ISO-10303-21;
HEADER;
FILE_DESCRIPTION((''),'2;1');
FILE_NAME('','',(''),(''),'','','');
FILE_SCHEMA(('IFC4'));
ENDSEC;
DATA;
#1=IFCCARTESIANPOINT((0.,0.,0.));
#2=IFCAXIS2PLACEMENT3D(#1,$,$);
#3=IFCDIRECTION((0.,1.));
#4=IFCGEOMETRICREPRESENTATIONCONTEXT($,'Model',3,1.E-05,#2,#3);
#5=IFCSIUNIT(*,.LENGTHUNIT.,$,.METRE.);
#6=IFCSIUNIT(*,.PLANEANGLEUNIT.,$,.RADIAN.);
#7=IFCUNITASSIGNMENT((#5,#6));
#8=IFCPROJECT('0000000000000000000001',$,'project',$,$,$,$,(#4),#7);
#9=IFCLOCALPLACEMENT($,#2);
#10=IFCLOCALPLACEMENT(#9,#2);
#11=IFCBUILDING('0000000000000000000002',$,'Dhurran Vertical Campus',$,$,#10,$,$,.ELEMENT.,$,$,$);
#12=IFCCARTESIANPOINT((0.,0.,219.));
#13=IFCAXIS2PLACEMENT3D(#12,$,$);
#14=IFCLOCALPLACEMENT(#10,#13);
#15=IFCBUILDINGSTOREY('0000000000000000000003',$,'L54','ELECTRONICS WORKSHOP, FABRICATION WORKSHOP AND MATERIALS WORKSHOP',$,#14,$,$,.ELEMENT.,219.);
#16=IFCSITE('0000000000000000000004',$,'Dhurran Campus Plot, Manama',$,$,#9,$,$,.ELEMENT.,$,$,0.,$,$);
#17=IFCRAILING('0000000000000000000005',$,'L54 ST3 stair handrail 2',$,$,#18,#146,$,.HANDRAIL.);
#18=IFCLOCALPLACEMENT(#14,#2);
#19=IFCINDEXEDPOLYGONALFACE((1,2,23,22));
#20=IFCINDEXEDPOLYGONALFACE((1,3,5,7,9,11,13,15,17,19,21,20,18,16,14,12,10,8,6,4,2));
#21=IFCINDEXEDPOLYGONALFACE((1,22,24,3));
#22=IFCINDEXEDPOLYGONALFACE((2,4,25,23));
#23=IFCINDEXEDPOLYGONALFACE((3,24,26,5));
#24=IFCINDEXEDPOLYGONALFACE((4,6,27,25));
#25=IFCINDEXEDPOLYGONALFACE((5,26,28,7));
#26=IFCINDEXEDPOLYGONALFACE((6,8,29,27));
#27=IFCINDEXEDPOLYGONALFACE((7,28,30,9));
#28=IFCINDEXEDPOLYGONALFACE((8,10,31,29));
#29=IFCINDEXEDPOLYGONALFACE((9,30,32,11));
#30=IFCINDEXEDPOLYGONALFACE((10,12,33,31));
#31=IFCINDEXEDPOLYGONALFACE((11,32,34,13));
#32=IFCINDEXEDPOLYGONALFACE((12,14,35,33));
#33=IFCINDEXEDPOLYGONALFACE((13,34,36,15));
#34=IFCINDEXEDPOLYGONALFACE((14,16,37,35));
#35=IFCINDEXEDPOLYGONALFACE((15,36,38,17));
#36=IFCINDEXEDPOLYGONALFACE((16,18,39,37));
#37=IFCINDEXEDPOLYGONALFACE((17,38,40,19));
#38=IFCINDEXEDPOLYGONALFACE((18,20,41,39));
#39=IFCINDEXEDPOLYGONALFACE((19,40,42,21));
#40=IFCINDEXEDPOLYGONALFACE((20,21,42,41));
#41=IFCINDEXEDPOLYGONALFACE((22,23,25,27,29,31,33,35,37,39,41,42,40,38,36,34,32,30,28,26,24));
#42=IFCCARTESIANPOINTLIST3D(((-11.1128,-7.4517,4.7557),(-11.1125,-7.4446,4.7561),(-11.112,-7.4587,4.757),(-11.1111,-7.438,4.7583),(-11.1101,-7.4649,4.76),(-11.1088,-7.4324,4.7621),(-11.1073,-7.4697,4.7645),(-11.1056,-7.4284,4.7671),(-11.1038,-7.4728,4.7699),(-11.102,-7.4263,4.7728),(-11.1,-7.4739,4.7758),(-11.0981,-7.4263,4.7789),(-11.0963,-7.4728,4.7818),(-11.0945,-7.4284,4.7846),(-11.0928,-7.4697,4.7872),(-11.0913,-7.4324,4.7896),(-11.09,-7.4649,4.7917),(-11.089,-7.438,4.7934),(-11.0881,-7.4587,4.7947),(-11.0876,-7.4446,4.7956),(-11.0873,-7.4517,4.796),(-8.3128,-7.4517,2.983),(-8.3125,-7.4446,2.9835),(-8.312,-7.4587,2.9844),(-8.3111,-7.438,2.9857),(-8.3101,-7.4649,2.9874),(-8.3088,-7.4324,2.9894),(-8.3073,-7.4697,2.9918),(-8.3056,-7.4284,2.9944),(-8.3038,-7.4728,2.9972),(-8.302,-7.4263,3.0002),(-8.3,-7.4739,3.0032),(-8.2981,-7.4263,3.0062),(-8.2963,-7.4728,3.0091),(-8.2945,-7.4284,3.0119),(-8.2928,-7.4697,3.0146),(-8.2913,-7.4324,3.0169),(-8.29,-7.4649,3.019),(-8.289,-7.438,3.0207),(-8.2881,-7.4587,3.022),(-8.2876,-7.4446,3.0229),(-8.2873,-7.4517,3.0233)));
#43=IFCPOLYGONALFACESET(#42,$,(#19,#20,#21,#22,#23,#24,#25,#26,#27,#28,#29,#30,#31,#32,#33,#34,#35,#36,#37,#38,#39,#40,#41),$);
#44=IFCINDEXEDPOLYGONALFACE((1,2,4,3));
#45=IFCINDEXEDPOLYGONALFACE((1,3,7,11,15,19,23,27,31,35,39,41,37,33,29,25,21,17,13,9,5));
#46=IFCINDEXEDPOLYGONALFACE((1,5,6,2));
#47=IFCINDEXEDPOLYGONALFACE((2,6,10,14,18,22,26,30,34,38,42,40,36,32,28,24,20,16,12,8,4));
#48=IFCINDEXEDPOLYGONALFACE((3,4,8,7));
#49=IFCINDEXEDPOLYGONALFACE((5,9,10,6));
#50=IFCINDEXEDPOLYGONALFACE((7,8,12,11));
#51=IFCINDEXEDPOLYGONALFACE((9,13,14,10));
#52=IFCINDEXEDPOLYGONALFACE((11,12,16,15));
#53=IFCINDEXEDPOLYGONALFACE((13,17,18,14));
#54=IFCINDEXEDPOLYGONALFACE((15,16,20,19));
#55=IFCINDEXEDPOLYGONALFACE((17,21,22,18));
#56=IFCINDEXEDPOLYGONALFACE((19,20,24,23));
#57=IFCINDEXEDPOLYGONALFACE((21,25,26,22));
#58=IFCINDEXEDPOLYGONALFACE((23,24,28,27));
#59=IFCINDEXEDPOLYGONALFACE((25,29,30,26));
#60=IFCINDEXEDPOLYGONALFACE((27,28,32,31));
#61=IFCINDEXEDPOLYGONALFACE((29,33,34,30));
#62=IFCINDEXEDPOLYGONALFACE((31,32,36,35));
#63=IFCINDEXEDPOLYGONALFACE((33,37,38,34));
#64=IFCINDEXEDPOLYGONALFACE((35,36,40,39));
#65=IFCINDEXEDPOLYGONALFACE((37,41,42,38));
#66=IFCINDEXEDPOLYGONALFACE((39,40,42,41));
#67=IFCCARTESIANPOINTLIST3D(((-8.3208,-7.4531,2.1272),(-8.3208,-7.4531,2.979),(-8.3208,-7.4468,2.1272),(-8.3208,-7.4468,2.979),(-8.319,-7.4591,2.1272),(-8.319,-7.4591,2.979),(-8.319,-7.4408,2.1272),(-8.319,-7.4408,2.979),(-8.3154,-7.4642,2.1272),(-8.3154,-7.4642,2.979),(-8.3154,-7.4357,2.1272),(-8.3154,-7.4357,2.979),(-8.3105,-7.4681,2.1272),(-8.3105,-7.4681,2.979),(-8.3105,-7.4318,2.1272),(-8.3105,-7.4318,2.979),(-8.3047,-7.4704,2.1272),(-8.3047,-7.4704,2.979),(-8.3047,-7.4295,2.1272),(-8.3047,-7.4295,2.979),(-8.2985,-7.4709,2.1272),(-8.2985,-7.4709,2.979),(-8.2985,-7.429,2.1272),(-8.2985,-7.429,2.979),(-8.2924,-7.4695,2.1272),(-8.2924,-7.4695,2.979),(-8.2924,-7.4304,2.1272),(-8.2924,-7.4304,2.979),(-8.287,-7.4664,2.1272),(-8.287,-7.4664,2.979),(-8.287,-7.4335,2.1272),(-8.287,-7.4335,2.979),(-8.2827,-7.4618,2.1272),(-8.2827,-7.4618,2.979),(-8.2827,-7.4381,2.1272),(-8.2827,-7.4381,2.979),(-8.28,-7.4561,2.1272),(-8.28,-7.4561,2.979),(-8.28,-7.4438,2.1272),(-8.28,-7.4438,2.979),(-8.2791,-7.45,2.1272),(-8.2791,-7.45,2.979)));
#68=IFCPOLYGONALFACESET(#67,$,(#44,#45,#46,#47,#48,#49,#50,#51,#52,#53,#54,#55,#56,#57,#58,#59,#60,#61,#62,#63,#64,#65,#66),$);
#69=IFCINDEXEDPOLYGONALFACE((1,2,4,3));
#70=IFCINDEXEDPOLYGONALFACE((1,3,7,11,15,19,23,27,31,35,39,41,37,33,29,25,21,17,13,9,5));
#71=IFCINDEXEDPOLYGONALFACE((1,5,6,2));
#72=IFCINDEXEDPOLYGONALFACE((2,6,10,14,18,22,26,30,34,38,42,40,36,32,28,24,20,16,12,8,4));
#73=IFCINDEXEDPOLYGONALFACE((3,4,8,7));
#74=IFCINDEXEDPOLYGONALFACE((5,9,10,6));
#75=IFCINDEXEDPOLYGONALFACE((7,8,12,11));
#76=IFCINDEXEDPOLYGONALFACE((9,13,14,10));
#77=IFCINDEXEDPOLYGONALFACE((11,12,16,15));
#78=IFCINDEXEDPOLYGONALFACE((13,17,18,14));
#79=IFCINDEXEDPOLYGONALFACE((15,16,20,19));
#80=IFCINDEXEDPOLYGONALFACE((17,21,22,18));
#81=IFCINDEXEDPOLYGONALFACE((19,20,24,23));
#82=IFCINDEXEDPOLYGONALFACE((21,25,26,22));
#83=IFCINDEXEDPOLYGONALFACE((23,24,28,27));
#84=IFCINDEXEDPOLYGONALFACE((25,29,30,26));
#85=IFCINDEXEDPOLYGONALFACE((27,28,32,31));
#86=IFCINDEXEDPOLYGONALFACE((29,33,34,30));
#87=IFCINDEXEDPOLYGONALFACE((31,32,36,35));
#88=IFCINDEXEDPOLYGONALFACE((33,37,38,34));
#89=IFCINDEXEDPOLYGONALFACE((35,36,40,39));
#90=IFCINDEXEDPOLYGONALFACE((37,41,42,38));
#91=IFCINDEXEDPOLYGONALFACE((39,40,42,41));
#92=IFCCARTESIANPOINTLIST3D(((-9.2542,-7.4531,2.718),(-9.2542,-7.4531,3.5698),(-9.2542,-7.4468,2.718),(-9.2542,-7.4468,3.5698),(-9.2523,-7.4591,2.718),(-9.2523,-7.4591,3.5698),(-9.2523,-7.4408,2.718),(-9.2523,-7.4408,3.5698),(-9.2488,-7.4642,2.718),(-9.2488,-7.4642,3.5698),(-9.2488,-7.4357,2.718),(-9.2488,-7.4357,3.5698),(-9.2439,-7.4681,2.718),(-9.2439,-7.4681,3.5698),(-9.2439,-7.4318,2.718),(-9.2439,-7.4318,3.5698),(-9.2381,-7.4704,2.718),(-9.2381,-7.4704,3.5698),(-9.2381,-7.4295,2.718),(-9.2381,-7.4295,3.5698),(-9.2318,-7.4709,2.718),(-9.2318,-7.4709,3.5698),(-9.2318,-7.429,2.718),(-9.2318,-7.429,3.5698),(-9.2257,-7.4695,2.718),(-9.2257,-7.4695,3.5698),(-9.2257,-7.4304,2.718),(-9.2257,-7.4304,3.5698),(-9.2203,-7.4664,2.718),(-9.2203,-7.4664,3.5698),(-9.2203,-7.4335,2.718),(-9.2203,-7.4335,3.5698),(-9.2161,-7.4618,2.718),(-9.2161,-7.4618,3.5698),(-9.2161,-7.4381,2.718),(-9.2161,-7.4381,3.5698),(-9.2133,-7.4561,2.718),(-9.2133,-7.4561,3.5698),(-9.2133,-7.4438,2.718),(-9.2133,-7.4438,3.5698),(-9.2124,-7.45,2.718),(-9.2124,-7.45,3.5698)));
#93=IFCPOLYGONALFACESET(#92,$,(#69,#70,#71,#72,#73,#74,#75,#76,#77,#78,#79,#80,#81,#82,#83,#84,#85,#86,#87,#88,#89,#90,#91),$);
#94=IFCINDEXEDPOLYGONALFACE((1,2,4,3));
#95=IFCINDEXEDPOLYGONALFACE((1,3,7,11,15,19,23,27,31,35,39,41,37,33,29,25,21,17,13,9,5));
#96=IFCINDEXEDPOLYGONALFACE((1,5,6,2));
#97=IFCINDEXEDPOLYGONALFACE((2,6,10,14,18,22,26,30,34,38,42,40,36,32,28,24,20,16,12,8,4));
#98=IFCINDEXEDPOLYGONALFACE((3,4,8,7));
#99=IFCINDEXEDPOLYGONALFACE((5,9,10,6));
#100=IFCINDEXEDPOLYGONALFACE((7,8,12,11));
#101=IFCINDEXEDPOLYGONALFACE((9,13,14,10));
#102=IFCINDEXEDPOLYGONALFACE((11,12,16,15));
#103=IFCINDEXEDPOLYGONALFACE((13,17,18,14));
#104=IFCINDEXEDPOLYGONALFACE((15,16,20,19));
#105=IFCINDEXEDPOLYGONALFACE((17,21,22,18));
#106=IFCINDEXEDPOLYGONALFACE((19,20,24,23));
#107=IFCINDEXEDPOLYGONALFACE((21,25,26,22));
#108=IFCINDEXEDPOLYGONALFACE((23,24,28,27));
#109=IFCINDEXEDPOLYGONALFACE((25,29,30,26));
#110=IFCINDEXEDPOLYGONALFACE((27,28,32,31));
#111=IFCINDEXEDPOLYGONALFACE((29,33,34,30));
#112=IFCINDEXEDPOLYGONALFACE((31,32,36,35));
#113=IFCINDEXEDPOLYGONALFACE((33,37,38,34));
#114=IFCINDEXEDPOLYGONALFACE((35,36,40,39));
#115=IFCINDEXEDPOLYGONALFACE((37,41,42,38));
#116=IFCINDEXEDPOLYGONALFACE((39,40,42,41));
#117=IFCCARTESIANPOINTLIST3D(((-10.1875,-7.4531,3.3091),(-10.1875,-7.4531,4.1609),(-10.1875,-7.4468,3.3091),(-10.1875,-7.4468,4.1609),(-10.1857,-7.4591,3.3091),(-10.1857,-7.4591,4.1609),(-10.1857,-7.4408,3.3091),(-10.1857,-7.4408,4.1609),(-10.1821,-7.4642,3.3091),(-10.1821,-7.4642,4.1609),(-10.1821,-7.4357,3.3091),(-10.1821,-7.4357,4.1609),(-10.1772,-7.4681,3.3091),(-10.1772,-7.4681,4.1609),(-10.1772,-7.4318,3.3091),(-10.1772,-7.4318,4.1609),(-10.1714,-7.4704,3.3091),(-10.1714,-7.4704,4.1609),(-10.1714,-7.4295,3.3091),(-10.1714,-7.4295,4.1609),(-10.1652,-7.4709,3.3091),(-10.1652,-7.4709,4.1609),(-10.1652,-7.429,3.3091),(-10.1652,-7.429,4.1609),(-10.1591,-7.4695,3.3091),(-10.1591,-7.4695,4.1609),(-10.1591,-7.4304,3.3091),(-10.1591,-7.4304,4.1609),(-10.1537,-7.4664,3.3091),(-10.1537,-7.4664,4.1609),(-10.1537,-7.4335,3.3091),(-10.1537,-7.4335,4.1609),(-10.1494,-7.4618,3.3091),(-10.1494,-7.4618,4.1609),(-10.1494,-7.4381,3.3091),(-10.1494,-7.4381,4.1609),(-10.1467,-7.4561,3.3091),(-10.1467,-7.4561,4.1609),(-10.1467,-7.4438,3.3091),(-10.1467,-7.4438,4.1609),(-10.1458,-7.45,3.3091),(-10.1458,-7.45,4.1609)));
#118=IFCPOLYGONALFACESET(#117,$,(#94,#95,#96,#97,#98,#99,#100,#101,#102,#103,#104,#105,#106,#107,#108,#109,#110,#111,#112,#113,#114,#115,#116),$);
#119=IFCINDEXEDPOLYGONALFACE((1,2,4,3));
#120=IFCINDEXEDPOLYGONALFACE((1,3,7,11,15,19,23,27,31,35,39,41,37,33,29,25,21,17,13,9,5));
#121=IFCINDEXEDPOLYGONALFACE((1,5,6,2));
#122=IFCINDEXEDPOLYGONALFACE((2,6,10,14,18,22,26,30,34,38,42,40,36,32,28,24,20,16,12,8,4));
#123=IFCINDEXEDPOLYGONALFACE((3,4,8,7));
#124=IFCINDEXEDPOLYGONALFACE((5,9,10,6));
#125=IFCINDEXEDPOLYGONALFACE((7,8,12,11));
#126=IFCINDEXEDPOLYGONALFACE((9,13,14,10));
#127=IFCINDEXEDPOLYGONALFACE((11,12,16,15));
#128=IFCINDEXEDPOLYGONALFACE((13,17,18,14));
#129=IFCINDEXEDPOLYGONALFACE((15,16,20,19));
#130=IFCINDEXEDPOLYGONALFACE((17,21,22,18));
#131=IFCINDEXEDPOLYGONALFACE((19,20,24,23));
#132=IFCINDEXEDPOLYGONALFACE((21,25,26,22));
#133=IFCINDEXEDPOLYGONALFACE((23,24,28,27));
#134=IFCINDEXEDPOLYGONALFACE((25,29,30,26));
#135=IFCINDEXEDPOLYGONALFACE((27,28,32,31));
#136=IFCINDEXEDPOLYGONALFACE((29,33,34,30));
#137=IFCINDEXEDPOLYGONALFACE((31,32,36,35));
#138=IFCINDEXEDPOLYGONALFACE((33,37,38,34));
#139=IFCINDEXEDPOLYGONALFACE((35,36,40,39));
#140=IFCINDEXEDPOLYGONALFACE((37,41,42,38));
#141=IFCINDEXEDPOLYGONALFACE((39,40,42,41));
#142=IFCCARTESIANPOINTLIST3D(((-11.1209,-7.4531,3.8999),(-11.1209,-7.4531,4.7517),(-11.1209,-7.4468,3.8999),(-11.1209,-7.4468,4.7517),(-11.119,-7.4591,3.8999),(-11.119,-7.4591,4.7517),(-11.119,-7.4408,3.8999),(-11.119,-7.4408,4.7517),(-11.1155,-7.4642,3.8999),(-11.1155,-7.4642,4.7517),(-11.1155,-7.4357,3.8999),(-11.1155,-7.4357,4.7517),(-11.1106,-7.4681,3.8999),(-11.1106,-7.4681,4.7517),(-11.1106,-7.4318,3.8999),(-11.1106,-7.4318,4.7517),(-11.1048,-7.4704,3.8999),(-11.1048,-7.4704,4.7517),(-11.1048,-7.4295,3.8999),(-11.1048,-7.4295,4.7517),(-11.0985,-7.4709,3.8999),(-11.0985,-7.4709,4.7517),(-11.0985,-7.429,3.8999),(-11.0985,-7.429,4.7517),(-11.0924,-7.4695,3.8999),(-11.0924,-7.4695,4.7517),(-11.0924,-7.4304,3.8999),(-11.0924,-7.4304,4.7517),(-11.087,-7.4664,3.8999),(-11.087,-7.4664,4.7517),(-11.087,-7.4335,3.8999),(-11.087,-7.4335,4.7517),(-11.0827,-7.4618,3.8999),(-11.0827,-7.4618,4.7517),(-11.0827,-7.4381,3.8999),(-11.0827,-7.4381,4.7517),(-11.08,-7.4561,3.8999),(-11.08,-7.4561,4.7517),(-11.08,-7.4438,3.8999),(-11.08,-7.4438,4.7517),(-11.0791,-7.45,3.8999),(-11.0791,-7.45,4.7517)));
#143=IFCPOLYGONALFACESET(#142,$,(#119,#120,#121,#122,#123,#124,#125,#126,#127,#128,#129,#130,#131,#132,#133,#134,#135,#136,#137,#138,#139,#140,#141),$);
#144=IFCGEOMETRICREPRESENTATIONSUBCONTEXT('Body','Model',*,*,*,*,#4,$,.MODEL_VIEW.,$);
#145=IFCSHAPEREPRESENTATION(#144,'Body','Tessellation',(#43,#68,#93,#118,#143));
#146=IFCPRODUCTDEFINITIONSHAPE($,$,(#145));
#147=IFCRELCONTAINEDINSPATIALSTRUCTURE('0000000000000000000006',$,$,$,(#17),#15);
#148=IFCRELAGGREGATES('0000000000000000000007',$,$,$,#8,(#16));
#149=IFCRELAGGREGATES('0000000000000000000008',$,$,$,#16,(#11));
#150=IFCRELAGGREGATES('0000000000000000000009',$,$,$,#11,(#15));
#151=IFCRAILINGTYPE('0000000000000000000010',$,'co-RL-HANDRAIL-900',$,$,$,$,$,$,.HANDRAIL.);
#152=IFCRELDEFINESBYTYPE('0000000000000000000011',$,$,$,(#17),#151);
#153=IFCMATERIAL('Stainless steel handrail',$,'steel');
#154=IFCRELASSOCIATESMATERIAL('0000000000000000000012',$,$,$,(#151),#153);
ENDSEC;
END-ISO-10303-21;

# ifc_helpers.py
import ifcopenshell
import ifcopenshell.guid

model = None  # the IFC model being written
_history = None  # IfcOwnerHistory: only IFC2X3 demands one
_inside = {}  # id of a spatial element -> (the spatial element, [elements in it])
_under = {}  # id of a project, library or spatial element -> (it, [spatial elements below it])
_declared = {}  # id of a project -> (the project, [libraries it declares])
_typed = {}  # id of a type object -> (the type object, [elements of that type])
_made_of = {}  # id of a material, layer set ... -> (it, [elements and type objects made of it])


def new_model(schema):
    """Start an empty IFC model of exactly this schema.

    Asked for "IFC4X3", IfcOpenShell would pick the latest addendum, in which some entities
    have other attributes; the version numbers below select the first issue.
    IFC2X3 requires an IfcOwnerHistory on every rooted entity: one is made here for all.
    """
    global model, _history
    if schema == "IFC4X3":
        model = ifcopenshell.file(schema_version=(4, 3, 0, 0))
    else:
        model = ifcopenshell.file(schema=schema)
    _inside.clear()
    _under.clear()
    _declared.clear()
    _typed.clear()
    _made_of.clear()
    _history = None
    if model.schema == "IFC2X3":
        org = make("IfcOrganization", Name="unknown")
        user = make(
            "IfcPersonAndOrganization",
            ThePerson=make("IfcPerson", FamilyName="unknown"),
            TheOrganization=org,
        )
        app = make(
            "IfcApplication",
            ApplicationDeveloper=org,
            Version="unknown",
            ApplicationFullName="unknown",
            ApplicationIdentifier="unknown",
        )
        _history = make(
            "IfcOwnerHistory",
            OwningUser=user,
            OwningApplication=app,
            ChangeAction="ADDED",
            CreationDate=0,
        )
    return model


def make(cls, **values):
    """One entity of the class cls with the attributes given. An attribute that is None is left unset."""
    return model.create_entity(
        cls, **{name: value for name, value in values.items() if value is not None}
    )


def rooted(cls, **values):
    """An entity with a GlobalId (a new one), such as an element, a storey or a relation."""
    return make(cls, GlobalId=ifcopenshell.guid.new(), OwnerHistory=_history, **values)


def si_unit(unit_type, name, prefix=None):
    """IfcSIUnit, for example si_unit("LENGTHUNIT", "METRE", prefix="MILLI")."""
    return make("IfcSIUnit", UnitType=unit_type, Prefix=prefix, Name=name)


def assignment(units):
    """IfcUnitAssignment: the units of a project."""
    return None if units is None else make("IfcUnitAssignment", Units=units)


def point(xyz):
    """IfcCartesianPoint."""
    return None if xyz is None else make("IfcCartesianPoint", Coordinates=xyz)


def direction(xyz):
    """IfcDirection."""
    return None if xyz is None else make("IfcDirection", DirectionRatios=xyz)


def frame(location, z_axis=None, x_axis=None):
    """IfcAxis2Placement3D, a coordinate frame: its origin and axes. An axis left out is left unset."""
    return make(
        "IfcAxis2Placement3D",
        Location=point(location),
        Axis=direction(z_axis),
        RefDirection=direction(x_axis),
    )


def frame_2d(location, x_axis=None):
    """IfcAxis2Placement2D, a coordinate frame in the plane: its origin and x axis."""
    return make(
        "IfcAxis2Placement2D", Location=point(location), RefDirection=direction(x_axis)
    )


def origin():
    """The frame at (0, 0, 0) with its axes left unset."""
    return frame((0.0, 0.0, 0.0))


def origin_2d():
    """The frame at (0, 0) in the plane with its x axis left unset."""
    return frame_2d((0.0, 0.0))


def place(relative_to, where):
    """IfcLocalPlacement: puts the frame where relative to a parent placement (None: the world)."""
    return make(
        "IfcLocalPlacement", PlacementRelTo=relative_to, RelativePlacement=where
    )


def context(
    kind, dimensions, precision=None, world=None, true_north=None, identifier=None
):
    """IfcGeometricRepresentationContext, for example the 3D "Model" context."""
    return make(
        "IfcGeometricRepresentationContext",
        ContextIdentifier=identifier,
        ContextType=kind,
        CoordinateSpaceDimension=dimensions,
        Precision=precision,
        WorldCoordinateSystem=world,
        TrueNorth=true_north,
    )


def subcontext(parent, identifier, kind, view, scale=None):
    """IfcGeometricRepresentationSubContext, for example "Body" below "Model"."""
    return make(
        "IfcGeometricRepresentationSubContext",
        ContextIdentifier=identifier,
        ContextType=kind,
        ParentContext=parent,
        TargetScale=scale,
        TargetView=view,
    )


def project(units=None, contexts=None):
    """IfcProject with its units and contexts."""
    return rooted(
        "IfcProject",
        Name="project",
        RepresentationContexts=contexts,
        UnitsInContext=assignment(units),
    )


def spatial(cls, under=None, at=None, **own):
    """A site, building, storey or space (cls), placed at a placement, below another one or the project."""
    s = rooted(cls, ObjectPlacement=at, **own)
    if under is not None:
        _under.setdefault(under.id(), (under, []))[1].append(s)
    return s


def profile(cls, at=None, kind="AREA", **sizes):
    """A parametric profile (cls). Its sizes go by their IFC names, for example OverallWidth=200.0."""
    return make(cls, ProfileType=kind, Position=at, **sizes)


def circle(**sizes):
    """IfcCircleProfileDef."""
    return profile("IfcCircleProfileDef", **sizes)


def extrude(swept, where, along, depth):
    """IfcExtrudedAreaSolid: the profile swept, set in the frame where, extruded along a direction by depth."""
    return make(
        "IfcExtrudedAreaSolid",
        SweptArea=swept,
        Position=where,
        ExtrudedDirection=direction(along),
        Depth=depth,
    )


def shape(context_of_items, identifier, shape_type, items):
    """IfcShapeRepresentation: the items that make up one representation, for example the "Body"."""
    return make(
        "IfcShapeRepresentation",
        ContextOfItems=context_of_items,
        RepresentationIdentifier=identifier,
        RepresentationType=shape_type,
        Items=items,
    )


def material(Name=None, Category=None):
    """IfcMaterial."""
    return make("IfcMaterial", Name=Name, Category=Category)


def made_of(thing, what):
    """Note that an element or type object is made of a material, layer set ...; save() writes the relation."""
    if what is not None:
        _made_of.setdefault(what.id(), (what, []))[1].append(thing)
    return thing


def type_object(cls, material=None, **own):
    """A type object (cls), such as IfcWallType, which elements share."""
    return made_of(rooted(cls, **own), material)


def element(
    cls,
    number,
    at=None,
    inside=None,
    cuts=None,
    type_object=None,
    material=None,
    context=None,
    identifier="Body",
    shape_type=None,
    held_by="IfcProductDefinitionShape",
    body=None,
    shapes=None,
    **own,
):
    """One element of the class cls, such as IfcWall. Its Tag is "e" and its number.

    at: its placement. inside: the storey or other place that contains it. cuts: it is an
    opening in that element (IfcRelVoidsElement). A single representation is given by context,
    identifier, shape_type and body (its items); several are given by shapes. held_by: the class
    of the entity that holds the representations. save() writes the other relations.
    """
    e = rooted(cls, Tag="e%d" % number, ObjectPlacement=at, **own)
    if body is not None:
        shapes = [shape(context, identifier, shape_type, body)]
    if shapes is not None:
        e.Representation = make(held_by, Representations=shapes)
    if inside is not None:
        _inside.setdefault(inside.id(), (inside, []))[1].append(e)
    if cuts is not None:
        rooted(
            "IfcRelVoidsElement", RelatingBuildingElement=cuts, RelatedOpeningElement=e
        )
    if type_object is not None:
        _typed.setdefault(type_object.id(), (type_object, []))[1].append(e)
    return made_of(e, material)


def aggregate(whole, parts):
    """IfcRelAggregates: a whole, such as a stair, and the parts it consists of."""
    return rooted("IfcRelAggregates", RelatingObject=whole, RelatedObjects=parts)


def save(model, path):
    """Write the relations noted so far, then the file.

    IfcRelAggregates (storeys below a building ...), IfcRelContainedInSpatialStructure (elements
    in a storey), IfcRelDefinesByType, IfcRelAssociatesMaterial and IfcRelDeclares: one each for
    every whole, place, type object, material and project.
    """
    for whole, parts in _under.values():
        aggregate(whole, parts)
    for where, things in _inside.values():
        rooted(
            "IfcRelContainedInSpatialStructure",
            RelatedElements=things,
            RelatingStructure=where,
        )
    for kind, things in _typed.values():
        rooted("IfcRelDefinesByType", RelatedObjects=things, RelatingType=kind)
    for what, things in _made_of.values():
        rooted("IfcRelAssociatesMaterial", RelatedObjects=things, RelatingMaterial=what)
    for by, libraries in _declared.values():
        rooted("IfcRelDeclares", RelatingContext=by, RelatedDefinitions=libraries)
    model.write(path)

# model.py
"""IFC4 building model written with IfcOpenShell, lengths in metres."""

from ifc_helpers import new_model, si_unit, direction, frame, origin, origin_2d, place, context, subcontext, project, spatial, circle, extrude, material, type_object, element, save


model = new_model("IFC4")

# Units and contexts
model_context = context("Model", 3, precision=1e-05, world=origin(), true_north=direction((0.0, 1.0)))
body_context = subcontext(model_context, "Body", "Model", "MODEL_VIEW")
ifc_project = project(units=[si_unit("LENGTHUNIT", "METRE"), si_unit("PLANEANGLEUNIT", "RADIAN")], contexts=[model_context])

# Site, building, storey
site_placement = place(None, origin())
site = spatial("IfcSite", under=ifc_project, at=site_placement, Name="Dhurran Campus Plot, Manama", CompositionType="ELEMENT", RefElevation=0.0)
building_placement = place(site_placement, origin())
building = spatial("IfcBuilding", under=site, at=building_placement, Name="Dhurran Vertical Campus", CompositionType="ELEMENT")
storey_placement = place(building_placement, frame((0.0, 0.0, 219.0)))
storey = spatial("IfcBuildingStorey", under=building, at=storey_placement, Name="L54", Description="ELECTRONICS WORKSHOP, FABRICATION WORKSHOP AND MATERIALS WORKSHOP", CompositionType="ELEMENT", Elevation=219.0)

# Railing
ifc_material_1 = material(Name="Stainless steel handrail", Category="steel")
railing_type_1 = type_object("IfcRailingType", Name="co-RL-HANDRAIL-900", PredefinedType="HANDRAIL", material=ifc_material_1)
railing_1_placement = place(storey_placement, frame((-8.3, -7.45, 2.1272)))
element("IfcRailing", 1, at=railing_1_placement, inside=storey, type_object=railing_type_1, Name="L54 ST3 stair handrail 2", PredefinedType="HANDRAIL", context=body_context, shape_type="SweptSolid", body=[
    extrude(circle(Radius=0.0239, at=origin_2d()), frame((0.0, 0.0, 0.876), z_axis=(-0.844909, 0.0, 0.53491), x_axis=(0.0, -1.0, 0.0)), (0.0, 0.0, 1.0), 3.314),
    extrude(circle(Radius=0.021, at=origin_2d()), origin(), (0.0, 0.0, 1.0), 0.8518),
    extrude(circle(Radius=0.021, at=origin_2d()), frame((-0.9333, 0.0, 0.5908)), (0.0, 0.0, 1.0), 0.8518),
    extrude(circle(Radius=0.021, at=origin_2d()), frame((-1.8667, 0.0, 1.1819)), (0.0, 0.0, 1.0), 0.8518),
    extrude(circle(Radius=0.021, at=origin_2d()), frame((-2.8, 0.0, 1.7727)), (0.0, 0.0, 1.0), 0.8518),
])

save(model, "model.ifc")
